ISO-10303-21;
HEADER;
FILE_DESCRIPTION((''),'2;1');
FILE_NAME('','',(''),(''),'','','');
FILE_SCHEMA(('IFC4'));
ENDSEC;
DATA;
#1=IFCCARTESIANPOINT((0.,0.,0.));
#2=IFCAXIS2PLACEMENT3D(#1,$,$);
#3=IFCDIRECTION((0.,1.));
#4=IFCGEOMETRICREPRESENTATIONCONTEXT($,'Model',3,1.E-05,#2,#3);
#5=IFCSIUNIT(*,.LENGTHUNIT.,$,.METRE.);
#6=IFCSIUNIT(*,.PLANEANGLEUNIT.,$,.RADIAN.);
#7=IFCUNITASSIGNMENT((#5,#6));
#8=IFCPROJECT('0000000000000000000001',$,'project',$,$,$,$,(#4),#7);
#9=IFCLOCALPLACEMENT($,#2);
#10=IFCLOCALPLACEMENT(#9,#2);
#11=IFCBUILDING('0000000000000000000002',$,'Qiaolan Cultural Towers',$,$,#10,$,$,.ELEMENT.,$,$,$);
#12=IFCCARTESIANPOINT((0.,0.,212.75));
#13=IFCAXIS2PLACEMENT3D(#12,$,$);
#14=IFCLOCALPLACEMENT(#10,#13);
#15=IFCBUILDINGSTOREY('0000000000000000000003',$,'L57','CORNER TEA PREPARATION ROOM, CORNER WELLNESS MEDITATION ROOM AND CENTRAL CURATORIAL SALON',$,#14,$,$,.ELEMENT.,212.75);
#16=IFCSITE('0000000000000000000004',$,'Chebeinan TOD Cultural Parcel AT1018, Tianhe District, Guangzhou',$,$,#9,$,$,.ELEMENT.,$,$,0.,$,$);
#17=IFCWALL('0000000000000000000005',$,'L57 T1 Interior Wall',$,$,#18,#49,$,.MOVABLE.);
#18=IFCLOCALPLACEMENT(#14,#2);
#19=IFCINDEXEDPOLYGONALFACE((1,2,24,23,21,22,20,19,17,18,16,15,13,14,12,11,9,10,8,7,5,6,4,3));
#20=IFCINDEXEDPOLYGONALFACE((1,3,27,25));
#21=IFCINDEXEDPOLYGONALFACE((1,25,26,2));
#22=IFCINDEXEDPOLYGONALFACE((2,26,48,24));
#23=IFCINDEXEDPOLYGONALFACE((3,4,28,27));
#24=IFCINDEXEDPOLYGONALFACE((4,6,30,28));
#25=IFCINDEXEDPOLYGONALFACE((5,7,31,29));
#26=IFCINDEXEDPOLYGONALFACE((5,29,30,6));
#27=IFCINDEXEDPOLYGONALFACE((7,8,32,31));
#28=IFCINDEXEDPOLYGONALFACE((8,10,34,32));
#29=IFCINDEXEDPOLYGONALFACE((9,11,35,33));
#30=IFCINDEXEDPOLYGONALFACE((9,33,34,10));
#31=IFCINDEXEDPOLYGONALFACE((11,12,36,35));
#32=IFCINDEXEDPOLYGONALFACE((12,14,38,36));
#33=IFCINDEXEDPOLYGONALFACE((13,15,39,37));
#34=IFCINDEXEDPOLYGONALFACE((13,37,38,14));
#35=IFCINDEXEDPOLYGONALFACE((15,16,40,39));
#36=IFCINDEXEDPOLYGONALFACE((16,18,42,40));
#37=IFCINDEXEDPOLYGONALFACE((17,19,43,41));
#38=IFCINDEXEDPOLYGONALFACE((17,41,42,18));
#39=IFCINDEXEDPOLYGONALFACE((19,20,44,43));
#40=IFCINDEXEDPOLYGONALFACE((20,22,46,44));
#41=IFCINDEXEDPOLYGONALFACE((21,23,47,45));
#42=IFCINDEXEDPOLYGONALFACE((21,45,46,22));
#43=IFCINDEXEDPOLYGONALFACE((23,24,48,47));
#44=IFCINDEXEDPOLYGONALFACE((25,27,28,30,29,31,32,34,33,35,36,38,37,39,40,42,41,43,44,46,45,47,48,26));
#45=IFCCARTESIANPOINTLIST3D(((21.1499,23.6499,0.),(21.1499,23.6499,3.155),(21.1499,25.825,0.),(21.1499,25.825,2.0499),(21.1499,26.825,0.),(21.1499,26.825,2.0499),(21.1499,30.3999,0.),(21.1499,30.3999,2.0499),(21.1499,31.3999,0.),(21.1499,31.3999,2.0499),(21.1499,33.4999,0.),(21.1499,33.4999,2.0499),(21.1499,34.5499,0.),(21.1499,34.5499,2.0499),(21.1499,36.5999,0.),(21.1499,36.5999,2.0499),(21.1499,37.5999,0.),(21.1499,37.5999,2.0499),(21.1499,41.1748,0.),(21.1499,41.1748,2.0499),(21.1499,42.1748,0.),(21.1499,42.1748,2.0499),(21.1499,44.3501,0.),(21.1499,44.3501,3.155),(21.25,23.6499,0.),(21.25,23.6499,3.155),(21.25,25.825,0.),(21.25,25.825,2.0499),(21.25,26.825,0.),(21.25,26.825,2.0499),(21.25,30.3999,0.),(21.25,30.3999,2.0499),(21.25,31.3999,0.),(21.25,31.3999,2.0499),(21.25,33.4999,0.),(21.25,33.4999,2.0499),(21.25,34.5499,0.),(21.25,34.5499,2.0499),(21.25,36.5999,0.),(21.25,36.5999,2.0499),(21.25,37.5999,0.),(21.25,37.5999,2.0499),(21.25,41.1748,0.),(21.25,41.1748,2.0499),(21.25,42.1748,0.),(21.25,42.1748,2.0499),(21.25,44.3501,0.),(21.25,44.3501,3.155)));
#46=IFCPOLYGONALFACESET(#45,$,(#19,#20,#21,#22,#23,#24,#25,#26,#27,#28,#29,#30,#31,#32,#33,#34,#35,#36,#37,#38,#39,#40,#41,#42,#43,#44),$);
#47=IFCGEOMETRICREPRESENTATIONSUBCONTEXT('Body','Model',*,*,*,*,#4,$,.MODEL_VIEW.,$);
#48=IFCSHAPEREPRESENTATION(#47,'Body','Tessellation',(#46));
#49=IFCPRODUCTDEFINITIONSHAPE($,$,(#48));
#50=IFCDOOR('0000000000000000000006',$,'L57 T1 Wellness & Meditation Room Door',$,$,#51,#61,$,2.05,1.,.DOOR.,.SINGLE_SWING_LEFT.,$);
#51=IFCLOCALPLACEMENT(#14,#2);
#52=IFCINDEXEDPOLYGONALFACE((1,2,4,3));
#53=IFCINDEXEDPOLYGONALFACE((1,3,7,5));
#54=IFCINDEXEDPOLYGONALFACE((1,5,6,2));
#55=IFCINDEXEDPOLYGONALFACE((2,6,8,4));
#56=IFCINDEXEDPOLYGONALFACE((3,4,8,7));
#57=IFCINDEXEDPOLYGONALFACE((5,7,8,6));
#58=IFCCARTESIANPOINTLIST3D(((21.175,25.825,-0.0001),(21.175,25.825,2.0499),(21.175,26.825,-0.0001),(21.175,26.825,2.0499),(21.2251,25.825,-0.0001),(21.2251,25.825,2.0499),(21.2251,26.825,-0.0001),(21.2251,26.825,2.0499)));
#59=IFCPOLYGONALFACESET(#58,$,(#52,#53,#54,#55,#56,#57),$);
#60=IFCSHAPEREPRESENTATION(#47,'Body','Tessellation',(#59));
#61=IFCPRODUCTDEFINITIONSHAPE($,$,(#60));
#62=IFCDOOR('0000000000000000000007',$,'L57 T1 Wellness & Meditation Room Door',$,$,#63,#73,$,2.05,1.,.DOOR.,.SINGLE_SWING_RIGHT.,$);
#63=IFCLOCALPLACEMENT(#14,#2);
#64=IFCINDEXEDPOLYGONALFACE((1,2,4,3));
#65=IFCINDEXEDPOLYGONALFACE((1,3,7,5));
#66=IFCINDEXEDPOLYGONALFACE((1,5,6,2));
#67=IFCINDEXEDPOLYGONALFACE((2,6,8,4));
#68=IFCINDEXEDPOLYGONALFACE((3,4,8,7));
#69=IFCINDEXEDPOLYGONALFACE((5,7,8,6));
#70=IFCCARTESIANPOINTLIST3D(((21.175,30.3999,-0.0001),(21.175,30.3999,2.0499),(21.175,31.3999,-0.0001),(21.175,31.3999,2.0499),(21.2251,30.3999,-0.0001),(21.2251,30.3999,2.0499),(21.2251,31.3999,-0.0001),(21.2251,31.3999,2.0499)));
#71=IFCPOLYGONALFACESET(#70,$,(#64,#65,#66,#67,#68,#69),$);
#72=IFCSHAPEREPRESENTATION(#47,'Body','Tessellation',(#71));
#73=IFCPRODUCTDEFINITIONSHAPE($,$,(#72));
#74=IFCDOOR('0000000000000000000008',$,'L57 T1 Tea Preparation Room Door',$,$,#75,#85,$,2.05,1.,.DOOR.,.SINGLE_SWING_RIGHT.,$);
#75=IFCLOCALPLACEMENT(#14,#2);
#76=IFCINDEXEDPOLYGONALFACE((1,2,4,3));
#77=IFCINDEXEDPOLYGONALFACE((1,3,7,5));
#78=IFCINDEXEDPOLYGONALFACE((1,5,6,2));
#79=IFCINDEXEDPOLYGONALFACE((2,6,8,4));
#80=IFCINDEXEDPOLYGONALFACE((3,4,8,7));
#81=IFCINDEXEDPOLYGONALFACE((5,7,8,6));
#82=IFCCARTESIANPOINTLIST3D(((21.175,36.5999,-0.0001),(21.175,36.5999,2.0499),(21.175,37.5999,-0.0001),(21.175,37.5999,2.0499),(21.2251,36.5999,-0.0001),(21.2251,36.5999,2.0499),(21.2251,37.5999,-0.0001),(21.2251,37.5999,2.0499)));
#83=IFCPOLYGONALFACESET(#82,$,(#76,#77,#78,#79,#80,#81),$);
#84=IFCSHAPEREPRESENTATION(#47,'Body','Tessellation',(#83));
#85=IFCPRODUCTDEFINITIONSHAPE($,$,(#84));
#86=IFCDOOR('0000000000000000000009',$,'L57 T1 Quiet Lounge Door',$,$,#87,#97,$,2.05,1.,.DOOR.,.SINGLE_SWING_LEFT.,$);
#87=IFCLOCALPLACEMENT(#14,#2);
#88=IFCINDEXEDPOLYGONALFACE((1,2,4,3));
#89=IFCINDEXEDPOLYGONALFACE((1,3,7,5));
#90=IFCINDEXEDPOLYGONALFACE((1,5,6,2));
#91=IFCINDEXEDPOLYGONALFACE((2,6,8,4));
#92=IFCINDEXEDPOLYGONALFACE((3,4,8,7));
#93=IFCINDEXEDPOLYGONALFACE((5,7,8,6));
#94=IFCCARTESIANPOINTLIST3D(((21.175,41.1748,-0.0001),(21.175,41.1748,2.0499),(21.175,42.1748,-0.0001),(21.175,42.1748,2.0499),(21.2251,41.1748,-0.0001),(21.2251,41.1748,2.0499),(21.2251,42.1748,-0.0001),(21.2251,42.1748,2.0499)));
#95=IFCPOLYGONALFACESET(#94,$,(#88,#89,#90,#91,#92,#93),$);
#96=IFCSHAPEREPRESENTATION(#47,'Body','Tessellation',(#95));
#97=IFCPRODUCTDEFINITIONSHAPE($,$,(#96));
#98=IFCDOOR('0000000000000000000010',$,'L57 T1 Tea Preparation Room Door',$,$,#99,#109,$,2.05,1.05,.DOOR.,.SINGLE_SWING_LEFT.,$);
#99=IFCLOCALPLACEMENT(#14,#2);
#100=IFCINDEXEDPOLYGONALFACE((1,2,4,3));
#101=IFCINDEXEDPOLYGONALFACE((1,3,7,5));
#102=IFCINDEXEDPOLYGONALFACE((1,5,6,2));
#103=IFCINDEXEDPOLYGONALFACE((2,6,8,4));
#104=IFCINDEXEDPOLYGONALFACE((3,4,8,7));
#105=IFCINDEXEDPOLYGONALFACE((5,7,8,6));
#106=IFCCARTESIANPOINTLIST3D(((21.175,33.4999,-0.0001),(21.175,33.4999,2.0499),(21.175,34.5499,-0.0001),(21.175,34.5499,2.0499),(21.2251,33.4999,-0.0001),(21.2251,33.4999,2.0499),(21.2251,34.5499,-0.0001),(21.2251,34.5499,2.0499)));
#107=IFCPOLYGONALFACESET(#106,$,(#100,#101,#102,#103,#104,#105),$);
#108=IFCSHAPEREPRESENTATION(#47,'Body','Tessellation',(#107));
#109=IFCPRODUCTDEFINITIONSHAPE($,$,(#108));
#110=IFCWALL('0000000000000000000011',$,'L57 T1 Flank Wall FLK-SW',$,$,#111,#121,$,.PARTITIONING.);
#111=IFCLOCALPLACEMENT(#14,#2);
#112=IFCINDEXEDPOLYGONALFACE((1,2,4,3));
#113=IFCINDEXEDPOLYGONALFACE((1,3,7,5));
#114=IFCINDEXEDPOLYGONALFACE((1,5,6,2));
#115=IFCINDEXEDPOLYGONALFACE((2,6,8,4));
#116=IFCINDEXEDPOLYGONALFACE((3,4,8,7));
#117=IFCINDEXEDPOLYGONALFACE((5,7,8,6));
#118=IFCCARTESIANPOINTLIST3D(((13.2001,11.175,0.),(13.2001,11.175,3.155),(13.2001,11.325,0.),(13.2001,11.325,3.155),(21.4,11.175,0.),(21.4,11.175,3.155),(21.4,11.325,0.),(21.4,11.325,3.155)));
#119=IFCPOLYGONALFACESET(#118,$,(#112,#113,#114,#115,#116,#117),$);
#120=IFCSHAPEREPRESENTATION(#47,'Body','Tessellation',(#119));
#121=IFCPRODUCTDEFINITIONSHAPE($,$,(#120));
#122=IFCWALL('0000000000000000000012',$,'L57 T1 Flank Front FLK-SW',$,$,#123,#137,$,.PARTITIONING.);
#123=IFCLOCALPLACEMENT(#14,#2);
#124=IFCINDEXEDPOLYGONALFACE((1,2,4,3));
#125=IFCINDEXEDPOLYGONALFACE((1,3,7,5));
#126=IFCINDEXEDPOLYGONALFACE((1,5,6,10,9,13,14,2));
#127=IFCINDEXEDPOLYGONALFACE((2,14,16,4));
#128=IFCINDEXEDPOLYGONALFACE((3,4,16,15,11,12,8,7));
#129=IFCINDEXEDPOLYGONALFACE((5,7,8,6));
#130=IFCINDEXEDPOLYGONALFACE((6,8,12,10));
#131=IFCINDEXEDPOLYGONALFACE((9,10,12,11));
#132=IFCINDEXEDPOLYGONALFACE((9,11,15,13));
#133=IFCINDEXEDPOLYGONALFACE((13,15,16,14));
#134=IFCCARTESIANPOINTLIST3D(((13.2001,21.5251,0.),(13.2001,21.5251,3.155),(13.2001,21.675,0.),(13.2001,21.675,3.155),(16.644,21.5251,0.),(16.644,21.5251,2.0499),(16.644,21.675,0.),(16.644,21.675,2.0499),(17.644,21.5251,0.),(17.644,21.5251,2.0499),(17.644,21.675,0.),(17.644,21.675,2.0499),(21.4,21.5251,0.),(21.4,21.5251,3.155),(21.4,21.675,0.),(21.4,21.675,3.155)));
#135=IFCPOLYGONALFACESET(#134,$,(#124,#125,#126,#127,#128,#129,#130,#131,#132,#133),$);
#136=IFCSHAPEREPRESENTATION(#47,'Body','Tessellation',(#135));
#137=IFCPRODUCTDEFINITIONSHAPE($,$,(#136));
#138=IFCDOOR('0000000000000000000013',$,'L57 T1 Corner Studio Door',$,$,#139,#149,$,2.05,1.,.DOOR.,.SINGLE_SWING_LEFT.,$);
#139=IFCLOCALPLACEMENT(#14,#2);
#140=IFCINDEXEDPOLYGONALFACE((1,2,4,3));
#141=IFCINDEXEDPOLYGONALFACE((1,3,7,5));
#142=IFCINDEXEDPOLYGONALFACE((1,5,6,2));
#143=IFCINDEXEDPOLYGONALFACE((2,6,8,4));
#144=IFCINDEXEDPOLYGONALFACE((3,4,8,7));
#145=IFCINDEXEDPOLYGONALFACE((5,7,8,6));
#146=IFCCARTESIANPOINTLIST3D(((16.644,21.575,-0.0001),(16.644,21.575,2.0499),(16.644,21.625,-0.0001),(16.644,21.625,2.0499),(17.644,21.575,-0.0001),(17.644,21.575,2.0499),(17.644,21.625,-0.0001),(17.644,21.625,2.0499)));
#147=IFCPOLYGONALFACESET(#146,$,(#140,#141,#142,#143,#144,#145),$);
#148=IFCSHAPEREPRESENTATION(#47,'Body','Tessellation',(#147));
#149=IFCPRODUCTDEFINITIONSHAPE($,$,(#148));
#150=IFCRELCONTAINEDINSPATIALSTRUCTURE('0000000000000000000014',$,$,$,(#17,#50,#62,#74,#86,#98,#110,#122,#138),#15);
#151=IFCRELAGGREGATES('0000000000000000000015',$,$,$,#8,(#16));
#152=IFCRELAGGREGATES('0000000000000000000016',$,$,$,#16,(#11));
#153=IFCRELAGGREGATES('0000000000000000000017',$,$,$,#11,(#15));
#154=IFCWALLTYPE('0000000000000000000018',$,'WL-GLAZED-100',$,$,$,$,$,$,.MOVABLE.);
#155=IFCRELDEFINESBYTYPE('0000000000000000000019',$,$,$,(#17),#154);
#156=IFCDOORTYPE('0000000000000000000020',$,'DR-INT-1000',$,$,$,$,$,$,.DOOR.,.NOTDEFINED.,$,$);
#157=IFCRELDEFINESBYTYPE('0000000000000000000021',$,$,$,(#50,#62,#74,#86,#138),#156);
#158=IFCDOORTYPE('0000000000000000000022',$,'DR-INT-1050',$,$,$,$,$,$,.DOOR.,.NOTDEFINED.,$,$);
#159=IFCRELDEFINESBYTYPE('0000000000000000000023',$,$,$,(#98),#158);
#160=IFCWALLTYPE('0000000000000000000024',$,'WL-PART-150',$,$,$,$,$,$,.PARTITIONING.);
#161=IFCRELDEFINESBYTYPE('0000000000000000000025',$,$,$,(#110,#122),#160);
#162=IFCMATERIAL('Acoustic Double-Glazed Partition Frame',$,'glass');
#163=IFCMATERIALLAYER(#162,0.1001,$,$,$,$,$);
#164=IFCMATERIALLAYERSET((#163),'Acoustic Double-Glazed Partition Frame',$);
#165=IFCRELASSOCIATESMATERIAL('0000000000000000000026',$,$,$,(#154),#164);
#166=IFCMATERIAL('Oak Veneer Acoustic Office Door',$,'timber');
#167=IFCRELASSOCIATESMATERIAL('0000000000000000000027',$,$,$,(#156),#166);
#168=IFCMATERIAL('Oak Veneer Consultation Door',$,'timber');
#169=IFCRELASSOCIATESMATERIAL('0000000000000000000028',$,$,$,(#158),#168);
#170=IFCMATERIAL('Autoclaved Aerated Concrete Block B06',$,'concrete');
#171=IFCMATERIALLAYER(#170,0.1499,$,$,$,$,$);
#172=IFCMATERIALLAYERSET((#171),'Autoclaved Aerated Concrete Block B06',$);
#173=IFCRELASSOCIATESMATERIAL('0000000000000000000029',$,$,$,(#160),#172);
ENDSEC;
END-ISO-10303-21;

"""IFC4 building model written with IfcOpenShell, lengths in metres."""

from ifc_helpers import new_model, si_unit, direction, frame, frame_2d, origin, place, context, subcontext, project, spatial, rectangle, extrude, material, layer, layer_set, type_object, element, fill, save


model = new_model("IFC4")

# Units and contexts
model_context = context("Model", 3, precision=1e-05, world=origin(), true_north=direction((0.0, 1.0)))
body_context = subcontext(model_context, "Body", "Model", "MODEL_VIEW")
ifc_project = project(units=[si_unit("LENGTHUNIT", "METRE"), si_unit("PLANEANGLEUNIT", "RADIAN")], contexts=[model_context])

# Site, building, storey
site_placement = place(None, origin())
site = spatial("IfcSite", under=ifc_project, at=site_placement, Name="Chebeinan TOD Cultural Parcel AT1018, Tianhe District, Guangzhou", CompositionType="ELEMENT", RefElevation=0.0)
building_placement = place(site_placement, origin())
building = spatial("IfcBuilding", under=site, at=building_placement, Name="Qiaolan Cultural Towers", CompositionType="ELEMENT")
storey_placement = place(building_placement, frame((0.0, 0.0, 212.75)))
storey = spatial("IfcBuildingStorey", under=building, at=storey_placement, Name="L57", Description="CORNER TEA PREPARATION ROOM, CORNER WELLNESS MEDITATION ROOM AND CENTRAL CURATORIAL SALON", CompositionType="ELEMENT", Elevation=212.75)

# Shared definitions
ifc_material_1 = material(Name="Acoustic Double-Glazed Partition Frame", Category="glass")
ifc_layer_1 = layer(ifc_material_1, 0.1001)
ifc_layer_set_1 = layer_set([ifc_layer_1], Name="Acoustic Double-Glazed Partition Frame")
wall_type_1 = type_object("IfcWallType", Name="WL-GLAZED-100", PredefinedType="MOVABLE", material=ifc_layer_set_1)

# Wall, openings, doors
wall_1_placement = place(storey_placement, frame((21.2, 23.6499, 0.0), z_axis=(0.0, 0.0, 1.0), x_axis=(0.0, 1.0, 0.0)))
wall_1 = element("IfcWall", 1, at=wall_1_placement, inside=storey, type_object=wall_type_1, Name="L57 T1 Interior Wall", PredefinedType="MOVABLE", context=body_context, shape_type="SweptSolid", body=[
    extrude(rectangle(XDim=20.7002, YDim=0.1001, at=frame_2d((10.3501, 0.0))), origin(), (0.0, 0.0, 1.0), 3.155),
])
opening_1_placement = place(wall_1_placement, frame((2.175, 0.0, 0.0)))
opening_1 = element("IfcOpeningElement", 2, at=opening_1_placement, cuts=wall_1, PredefinedType="OPENING", context=body_context, shape_type="SweptSolid", body=[
    extrude(rectangle(XDim=1.0, YDim=2.05, at=frame_2d((0.5, 1.0249))), frame((0.0, 0.0601, 0.0), z_axis=(0.0, -1.0, 0.0), x_axis=(1.0, 0.0, 0.0)), (0.0, 0.0, 1.0), 0.1201),
])
opening_2_placement = place(wall_1_placement, frame((6.75, 0.0, 0.0)))
opening_2 = element("IfcOpeningElement", 3, at=opening_2_placement, cuts=wall_1, PredefinedType="OPENING", context=body_context, shape_type="SweptSolid", body=[
    extrude(rectangle(XDim=1.0, YDim=2.05, at=frame_2d((0.5, 1.0249))), frame((0.0, 0.0601, 0.0), z_axis=(0.0, -1.0, 0.0), x_axis=(1.0, 0.0, 0.0)), (0.0, 0.0, 1.0), 0.1201),
])
opening_3_placement = place(wall_1_placement, frame((9.8501, 0.0, 0.0)))
opening_3 = element("IfcOpeningElement", 4, at=opening_3_placement, cuts=wall_1, PredefinedType="OPENING", context=body_context, shape_type="SweptSolid", body=[
    extrude(rectangle(XDim=1.05, YDim=2.05, at=frame_2d((0.5249, 1.0249))), frame((0.0, 0.0601, 0.0), z_axis=(0.0, -1.0, 0.0), x_axis=(1.0, 0.0, 0.0)), (0.0, 0.0, 1.0), 0.1201),
])
opening_4_placement = place(wall_1_placement, frame((12.95, 0.0, 0.0)))
opening_4 = element("IfcOpeningElement", 5, at=opening_4_placement, cuts=wall_1, PredefinedType="OPENING", context=body_context, shape_type="SweptSolid", body=[
    extrude(rectangle(XDim=1.0, YDim=2.05, at=frame_2d((0.5, 1.0249))), frame((0.0, 0.0601, 0.0), z_axis=(0.0, -1.0, 0.0), x_axis=(1.0, 0.0, 0.0)), (0.0, 0.0, 1.0), 0.1201),
])
opening_5_placement = place(wall_1_placement, frame((17.5249, 0.0, 0.0)))
opening_5 = element("IfcOpeningElement", 6, at=opening_5_placement, cuts=wall_1, PredefinedType="OPENING", context=body_context, shape_type="SweptSolid", body=[
    extrude(rectangle(XDim=1.0, YDim=2.05, at=frame_2d((0.5, 1.0249))), frame((0.0, 0.0601, 0.0), z_axis=(0.0, -1.0, 0.0), x_axis=(1.0, 0.0, 0.0)), (0.0, 0.0, 1.0), 0.1201),
])
ifc_material_2 = material(Name="Oak Veneer Acoustic Office Door", Category="timber")
door_type_1 = type_object("IfcDoorType", Name="DR-INT-1000", OperationType="NOTDEFINED", PredefinedType="DOOR", material=ifc_material_2)
door_1_placement = place(opening_1_placement, origin())
door_1 = element("IfcDoor", 7, at=door_1_placement, inside=storey, type_object=door_type_1, Name="L57 T1 Wellness & Meditation Room Door", OperationType="SINGLE_SWING_LEFT", OverallHeight=2.05, OverallWidth=1.0, PredefinedType="DOOR", context=body_context, shape_type="SweptSolid", body=[
    extrude(rectangle(XDim=1.0, YDim=2.05, at=frame_2d((0.5, 1.0249))), frame((0.0, 0.0249, 0.0), z_axis=(0.0, -1.0, 0.0), x_axis=(1.0, 0.0, 0.0)), (0.0, 0.0, 1.0), 0.05),
])
fill(opening_1, door_1)
door_2_placement = place(opening_2_placement, origin())
door_2 = element("IfcDoor", 8, at=door_2_placement, inside=storey, type_object=door_type_1, Name="L57 T1 Wellness & Meditation Room Door", OperationType="SINGLE_SWING_RIGHT", OverallHeight=2.05, OverallWidth=1.0, PredefinedType="DOOR", context=body_context, shape_type="SweptSolid", body=[
    extrude(rectangle(XDim=1.0, YDim=2.05, at=frame_2d((0.5, 1.0249))), frame((0.0, 0.0249, 0.0), z_axis=(0.0, -1.0, 0.0), x_axis=(1.0, 0.0, 0.0)), (0.0, 0.0, 1.0), 0.05),
])
fill(opening_2, door_2)
door_3_placement = place(opening_4_placement, origin())
door_3 = element("IfcDoor", 9, at=door_3_placement, inside=storey, type_object=door_type_1, Name="L57 T1 Tea Preparation Room Door", OperationType="SINGLE_SWING_RIGHT", OverallHeight=2.05, OverallWidth=1.0, PredefinedType="DOOR", context=body_context, shape_type="SweptSolid", body=[
    extrude(rectangle(XDim=1.0, YDim=2.05, at=frame_2d((0.5, 1.0249))), frame((0.0, 0.0249, 0.0), z_axis=(0.0, -1.0, 0.0), x_axis=(1.0, 0.0, 0.0)), (0.0, 0.0, 1.0), 0.05),
])
fill(opening_4, door_3)
door_4_placement = place(opening_5_placement, origin())
door_4 = element("IfcDoor", 10, at=door_4_placement, inside=storey, type_object=door_type_1, Name="L57 T1 Quiet Lounge Door", OperationType="SINGLE_SWING_LEFT", OverallHeight=2.05, OverallWidth=1.0, PredefinedType="DOOR", context=body_context, shape_type="SweptSolid", body=[
    extrude(rectangle(XDim=1.0, YDim=2.05, at=frame_2d((0.5, 1.0249))), frame((0.0, 0.0249, 0.0), z_axis=(0.0, -1.0, 0.0), x_axis=(1.0, 0.0, 0.0)), (0.0, 0.0, 1.0), 0.05),
])
fill(opening_5, door_4)
ifc_material_3 = material(Name="Oak Veneer Consultation Door", Category="timber")
door_type_2 = type_object("IfcDoorType", Name="DR-INT-1050", OperationType="NOTDEFINED", PredefinedType="DOOR", material=ifc_material_3)
door_5_placement = place(opening_3_placement, origin())
door_5 = element("IfcDoor", 11, at=door_5_placement, inside=storey, type_object=door_type_2, Name="L57 T1 Tea Preparation Room Door", OperationType="SINGLE_SWING_LEFT", OverallHeight=2.05, OverallWidth=1.05, PredefinedType="DOOR", context=body_context, shape_type="SweptSolid", body=[
    extrude(rectangle(XDim=1.05, YDim=2.05, at=frame_2d((0.5249, 1.0249))), frame((0.0, 0.0249, 0.0), z_axis=(0.0, -1.0, 0.0), x_axis=(1.0, 0.0, 0.0)), (0.0, 0.0, 1.0), 0.05),
])
fill(opening_3, door_5)

# Wall
ifc_material_4 = material(Name="Autoclaved Aerated Concrete Block B06", Category="concrete")
ifc_layer_2 = layer(ifc_material_4, 0.1499)
ifc_layer_set_2 = layer_set([ifc_layer_2], Name="Autoclaved Aerated Concrete Block B06")
wall_type_2 = type_object("IfcWallType", Name="WL-PART-150", PredefinedType="PARTITIONING", material=ifc_layer_set_2)
wall_2_placement = place(storey_placement, frame((13.2, 11.25, 0.0), z_axis=(0.0, 0.0, 1.0), x_axis=(1.0, 0.0, 0.0)))
element("IfcWall", 12, at=wall_2_placement, inside=storey, type_object=wall_type_2, Name="L57 T1 Flank Wall FLK-SW", PredefinedType="PARTITIONING", context=body_context, shape_type="SweptSolid", body=[
    extrude(rectangle(XDim=8.2, YDim=0.1499, at=frame_2d((4.1001, 0.0))), origin(), (0.0, 0.0, 1.0), 3.155),
])

# Wall, opening, door
wall_3_placement = place(storey_placement, frame((13.2, 21.6001, 0.0), z_axis=(0.0, 0.0, 1.0), x_axis=(1.0, 0.0, 0.0)))
wall_3 = element("IfcWall", 13, at=wall_3_placement, inside=storey, type_object=wall_type_2, Name="L57 T1 Flank Front FLK-SW", PredefinedType="PARTITIONING", context=body_context, shape_type="SweptSolid", body=[
    extrude(rectangle(XDim=8.2, YDim=0.1499, at=frame_2d((4.1001, 0.0))), origin(), (0.0, 0.0, 1.0), 3.155),
])
opening_6_placement = place(wall_3_placement, frame((3.4441, 0.0, 0.0)))
opening_6 = element("IfcOpeningElement", 14, at=opening_6_placement, cuts=wall_3, PredefinedType="OPENING", context=body_context, shape_type="SweptSolid", body=[
    extrude(rectangle(XDim=1.0, YDim=2.05, at=frame_2d((0.5, 1.0249))), frame((0.0, 0.085, 0.0), z_axis=(0.0, -1.0, 0.0), x_axis=(1.0, 0.0, 0.0)), (0.0, 0.0, 1.0), 0.1699),
])
door_6_placement = place(opening_6_placement, origin())
door_6 = element("IfcDoor", 15, at=door_6_placement, inside=storey, type_object=door_type_1, Name="L57 T1 Corner Studio Door", OperationType="SINGLE_SWING_LEFT", OverallHeight=2.05, OverallWidth=1.0, PredefinedType="DOOR", context=body_context, shape_type="SweptSolid", body=[
    extrude(rectangle(XDim=1.0, YDim=2.05, at=frame_2d((0.5, 1.0249))), frame((0.0, 0.0249, 0.0), z_axis=(0.0, -1.0, 0.0), x_axis=(1.0, 0.0, 0.0)), (0.0, 0.0, 1.0), 0.05),
])
fill(opening_6, door_6)

save(model, "model.ifc")
